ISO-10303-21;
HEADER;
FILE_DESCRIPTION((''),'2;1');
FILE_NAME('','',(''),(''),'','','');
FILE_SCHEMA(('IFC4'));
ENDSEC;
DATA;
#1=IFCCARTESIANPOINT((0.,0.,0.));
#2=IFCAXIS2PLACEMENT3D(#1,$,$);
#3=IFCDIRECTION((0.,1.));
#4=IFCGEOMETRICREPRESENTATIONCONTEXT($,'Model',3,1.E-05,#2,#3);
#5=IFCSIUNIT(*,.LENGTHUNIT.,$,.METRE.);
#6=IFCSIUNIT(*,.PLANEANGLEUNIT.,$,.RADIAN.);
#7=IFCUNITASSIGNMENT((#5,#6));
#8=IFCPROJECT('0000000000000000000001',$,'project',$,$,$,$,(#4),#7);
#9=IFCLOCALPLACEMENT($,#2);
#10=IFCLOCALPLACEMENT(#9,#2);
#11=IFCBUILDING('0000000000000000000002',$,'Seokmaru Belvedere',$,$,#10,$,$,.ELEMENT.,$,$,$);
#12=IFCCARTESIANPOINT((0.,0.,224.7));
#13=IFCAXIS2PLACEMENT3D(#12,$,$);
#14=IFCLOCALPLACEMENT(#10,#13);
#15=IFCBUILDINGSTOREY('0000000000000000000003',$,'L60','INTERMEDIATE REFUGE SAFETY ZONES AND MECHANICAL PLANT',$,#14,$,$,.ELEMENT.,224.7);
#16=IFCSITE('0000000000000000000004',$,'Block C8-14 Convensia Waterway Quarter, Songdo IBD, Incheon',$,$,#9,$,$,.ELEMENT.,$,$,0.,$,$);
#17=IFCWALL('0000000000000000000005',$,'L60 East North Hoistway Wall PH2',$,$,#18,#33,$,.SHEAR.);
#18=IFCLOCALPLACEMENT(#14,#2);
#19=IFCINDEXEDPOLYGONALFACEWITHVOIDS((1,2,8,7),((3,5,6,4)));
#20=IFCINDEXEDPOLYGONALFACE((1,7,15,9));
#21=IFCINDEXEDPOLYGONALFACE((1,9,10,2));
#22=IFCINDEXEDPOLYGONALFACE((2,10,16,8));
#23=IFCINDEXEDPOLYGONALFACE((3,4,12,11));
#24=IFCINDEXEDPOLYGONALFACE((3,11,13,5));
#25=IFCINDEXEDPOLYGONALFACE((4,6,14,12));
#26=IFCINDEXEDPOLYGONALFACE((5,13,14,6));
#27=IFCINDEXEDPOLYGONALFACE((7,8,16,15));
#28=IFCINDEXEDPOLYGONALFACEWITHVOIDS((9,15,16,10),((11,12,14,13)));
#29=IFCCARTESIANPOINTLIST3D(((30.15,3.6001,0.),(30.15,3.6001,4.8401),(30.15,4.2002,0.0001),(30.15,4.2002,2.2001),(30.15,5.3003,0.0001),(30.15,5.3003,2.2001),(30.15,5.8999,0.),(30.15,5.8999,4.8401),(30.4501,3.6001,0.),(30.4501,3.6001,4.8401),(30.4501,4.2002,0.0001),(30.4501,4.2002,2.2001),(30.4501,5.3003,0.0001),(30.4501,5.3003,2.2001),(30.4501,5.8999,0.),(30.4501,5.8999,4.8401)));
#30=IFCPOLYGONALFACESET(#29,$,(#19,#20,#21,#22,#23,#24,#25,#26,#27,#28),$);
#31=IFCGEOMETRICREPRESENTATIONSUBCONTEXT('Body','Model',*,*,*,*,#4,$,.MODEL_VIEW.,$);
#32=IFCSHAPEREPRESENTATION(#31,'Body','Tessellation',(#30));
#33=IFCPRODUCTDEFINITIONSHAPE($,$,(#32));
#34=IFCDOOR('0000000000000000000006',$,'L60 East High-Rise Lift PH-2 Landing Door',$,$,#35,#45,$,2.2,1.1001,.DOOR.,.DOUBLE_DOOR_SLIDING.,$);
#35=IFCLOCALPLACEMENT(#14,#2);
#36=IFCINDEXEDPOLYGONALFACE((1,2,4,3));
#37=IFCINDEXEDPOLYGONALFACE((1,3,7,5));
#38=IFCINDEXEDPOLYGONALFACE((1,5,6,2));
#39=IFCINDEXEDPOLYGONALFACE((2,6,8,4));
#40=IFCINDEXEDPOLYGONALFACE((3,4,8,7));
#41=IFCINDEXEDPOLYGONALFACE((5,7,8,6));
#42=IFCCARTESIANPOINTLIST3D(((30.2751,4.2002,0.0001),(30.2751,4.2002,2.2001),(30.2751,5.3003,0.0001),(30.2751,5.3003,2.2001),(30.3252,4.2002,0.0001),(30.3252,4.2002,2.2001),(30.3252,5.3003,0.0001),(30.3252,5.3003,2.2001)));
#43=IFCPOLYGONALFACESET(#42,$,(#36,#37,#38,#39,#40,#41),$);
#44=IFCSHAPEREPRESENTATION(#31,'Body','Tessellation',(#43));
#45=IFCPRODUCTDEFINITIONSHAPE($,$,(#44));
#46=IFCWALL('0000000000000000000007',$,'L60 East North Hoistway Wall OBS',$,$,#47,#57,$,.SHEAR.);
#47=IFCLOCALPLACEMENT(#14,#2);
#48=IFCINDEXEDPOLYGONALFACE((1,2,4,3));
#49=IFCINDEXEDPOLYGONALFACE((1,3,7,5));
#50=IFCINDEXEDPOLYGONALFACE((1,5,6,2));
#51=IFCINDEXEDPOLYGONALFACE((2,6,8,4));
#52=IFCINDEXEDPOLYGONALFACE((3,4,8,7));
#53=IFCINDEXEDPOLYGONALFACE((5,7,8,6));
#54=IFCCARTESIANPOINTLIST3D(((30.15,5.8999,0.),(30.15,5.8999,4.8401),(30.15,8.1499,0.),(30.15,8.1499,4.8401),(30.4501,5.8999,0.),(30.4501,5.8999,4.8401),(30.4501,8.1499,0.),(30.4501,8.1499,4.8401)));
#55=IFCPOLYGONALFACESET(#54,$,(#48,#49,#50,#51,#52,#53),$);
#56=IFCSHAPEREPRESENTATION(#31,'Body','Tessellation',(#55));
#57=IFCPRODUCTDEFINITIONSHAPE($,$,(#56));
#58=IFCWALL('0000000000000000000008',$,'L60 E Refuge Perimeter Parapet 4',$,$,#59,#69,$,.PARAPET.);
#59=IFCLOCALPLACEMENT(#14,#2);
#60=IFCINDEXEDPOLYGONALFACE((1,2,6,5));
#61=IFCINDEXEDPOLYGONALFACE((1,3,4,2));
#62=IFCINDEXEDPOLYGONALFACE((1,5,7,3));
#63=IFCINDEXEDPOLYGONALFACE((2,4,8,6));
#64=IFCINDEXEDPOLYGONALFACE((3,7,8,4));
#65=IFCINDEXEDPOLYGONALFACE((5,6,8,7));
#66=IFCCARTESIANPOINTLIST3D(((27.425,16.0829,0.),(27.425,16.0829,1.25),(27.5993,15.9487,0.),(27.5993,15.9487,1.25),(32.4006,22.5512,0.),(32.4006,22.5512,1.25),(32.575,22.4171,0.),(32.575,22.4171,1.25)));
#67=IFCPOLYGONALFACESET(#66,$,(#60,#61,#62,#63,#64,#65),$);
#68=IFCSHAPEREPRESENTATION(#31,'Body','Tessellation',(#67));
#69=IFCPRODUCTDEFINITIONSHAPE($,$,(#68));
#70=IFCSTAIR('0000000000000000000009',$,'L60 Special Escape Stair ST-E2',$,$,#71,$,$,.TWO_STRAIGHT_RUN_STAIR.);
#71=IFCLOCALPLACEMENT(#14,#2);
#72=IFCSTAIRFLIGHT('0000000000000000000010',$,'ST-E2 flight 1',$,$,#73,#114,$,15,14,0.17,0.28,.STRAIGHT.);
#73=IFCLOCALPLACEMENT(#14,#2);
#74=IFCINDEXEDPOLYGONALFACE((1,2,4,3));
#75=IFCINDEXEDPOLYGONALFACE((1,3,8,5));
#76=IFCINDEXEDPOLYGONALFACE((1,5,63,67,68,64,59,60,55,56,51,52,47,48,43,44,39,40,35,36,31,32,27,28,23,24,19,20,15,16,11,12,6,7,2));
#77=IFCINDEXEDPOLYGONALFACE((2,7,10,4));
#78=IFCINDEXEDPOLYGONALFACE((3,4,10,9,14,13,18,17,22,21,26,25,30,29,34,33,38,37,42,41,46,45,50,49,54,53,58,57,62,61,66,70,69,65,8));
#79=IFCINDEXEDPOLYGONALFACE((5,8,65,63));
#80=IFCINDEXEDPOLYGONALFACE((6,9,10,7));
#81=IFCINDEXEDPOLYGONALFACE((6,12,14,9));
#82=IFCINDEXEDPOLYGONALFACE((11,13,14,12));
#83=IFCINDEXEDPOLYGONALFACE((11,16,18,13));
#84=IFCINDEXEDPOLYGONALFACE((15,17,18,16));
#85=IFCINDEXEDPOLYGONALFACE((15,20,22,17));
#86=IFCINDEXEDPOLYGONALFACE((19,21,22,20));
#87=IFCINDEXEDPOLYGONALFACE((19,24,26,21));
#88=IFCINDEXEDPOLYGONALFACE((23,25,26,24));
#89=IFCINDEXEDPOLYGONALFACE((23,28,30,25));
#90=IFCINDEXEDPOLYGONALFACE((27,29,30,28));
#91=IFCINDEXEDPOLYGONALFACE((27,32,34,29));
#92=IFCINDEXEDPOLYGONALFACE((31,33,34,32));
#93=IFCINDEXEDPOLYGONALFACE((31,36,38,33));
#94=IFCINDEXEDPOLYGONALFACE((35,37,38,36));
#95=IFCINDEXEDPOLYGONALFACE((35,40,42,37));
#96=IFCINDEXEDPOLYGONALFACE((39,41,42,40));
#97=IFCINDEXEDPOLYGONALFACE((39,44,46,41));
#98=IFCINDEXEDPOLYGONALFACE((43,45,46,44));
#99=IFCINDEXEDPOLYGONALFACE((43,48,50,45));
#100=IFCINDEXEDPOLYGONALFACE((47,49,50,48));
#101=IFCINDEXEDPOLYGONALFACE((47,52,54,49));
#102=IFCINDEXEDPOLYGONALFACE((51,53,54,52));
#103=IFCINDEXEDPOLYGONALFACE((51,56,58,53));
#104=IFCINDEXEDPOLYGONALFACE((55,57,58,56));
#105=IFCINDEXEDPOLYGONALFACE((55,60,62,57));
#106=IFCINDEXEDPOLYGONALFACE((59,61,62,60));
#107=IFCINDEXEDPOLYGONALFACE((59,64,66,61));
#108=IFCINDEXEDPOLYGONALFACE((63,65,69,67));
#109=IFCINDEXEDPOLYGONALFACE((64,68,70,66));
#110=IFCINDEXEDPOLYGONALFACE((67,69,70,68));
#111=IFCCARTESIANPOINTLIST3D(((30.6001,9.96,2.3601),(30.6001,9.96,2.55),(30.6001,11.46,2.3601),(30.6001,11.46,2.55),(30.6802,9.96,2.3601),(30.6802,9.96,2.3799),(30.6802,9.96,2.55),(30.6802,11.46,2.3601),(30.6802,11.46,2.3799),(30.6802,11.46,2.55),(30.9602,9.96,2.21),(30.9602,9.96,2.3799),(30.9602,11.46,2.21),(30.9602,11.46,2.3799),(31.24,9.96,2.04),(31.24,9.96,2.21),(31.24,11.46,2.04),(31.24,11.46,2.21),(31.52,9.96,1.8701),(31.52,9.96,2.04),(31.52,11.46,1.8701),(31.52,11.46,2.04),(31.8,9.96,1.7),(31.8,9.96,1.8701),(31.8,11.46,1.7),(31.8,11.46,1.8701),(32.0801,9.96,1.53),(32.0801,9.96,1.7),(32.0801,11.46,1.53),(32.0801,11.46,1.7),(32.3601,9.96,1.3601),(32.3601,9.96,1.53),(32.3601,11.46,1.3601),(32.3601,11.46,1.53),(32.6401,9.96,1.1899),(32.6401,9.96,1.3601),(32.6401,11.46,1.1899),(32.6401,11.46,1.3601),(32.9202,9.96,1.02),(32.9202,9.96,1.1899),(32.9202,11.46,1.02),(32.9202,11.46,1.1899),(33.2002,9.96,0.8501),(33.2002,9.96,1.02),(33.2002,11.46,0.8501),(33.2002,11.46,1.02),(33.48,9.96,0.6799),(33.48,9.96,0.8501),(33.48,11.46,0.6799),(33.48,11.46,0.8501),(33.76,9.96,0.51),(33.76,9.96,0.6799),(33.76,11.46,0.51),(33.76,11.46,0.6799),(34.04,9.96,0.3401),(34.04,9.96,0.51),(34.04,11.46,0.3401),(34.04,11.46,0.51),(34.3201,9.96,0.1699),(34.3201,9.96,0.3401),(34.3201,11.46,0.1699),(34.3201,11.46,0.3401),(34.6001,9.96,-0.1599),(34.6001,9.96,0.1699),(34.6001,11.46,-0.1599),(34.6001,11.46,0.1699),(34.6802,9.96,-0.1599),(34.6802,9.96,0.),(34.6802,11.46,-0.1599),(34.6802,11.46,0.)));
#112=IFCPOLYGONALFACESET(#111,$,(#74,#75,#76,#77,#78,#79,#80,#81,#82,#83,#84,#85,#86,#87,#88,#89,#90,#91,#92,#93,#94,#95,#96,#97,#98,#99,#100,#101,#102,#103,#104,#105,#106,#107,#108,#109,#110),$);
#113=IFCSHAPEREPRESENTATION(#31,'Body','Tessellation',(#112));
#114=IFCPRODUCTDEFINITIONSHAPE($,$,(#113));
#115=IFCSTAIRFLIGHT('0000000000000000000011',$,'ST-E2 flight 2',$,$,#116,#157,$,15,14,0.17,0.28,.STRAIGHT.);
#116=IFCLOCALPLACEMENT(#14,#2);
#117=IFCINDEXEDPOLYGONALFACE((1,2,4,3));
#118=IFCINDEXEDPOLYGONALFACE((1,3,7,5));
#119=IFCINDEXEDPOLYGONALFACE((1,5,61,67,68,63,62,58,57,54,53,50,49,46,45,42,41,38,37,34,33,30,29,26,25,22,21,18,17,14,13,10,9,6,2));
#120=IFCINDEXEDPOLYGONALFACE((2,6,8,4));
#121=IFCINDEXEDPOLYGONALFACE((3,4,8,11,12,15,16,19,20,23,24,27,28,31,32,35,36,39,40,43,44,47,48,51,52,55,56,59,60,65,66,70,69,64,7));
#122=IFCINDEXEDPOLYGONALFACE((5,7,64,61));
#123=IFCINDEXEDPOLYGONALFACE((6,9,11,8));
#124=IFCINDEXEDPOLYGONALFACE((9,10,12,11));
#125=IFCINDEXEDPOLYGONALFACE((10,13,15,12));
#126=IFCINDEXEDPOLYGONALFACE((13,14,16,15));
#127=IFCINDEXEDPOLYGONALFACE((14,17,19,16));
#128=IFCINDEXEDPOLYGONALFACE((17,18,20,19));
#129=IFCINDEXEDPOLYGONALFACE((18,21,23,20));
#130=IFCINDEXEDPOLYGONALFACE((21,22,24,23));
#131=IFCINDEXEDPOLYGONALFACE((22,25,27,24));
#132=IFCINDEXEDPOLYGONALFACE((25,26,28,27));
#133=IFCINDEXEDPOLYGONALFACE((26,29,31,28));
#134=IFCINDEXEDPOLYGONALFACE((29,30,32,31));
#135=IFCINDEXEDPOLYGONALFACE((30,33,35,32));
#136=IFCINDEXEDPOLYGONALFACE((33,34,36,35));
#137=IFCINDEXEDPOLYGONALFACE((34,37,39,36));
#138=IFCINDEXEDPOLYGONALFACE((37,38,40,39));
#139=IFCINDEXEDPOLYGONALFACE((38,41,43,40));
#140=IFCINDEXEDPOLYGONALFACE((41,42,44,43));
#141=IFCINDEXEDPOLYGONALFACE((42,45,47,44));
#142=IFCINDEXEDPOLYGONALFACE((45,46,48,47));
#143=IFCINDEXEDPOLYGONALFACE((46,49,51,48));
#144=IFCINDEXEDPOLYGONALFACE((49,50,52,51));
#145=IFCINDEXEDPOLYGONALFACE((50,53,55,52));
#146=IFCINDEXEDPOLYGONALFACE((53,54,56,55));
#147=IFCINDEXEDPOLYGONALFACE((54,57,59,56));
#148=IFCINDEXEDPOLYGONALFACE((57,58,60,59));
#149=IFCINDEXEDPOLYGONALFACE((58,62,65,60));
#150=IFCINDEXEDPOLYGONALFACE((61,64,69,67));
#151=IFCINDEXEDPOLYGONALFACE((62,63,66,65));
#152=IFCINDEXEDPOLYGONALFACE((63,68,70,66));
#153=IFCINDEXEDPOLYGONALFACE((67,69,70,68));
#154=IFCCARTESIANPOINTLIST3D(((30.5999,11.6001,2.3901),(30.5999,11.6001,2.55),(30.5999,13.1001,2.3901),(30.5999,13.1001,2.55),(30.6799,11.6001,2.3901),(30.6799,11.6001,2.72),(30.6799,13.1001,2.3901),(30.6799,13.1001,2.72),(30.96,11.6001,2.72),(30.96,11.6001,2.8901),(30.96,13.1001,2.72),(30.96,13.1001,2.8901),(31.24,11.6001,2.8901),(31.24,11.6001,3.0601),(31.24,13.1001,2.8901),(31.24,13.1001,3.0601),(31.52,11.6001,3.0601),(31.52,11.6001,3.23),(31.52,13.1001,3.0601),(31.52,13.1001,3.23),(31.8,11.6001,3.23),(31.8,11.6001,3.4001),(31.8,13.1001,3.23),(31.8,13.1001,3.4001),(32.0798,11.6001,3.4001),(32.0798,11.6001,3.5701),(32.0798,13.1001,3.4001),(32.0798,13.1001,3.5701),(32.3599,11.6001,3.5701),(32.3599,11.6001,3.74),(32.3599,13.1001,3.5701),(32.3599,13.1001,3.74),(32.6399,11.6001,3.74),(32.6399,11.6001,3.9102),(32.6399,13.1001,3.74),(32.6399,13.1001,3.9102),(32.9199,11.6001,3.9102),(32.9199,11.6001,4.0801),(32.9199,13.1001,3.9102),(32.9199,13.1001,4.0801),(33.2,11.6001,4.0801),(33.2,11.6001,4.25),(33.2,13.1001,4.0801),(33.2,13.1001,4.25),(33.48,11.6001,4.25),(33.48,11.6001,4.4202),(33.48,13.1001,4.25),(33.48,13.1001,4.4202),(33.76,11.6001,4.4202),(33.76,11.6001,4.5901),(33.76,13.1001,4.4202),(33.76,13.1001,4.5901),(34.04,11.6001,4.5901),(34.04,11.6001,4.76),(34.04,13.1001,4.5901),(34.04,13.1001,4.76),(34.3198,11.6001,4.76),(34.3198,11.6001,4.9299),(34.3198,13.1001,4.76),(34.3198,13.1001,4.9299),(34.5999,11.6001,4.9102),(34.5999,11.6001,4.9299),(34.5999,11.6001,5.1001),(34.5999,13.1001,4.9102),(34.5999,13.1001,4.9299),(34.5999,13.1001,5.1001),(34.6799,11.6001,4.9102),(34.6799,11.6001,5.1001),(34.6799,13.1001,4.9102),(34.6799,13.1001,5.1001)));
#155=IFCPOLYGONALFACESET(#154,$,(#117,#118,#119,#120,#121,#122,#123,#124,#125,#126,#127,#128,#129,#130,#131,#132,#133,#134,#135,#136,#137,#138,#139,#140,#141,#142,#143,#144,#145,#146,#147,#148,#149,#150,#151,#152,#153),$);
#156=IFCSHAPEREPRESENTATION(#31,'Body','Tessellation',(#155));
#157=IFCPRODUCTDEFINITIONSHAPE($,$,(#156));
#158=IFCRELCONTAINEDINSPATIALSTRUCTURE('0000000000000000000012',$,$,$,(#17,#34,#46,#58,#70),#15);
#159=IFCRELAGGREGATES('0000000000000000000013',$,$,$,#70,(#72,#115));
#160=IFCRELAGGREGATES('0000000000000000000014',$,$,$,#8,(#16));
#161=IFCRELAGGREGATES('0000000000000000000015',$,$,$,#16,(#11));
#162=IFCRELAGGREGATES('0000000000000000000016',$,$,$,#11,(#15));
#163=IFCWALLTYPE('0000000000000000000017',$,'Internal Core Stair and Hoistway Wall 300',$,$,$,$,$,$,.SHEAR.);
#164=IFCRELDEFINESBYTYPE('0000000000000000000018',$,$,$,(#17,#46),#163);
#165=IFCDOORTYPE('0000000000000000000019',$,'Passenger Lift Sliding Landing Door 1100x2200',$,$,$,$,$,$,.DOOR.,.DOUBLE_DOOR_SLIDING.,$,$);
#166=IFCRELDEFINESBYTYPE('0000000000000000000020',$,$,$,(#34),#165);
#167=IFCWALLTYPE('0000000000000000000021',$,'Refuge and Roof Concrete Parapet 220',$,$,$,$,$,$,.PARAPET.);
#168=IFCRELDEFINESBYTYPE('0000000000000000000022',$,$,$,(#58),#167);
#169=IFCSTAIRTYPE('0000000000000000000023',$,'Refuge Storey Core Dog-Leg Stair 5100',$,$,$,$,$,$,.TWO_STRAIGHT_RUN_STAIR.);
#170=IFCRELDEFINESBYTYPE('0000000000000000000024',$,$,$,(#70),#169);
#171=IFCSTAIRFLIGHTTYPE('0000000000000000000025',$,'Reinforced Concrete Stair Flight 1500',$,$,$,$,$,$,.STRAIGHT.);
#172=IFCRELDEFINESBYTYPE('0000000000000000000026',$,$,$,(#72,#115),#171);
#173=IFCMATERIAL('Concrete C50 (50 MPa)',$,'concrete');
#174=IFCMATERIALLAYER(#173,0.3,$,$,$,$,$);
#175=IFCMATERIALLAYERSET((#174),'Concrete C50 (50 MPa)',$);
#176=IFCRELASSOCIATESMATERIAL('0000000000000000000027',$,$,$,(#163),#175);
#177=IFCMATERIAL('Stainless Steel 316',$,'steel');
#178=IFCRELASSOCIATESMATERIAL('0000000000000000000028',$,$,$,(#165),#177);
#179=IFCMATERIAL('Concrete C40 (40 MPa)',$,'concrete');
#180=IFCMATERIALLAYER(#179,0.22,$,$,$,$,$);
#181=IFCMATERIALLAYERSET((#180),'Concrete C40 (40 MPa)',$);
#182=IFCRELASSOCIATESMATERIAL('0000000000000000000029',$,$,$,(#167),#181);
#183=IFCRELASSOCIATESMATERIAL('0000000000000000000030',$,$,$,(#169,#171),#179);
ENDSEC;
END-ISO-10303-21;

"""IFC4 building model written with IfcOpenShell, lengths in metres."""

from ifc_helpers import new_model, si_unit, direction, frame, frame_2d, origin, place, context, subcontext, project, spatial, polyline, rectangle, outline, extrude, source, transform, mapped, material, layer, layer_set, type_object, type_shapes, element, fill, aggregate, save


model = new_model("IFC4")

# Units and contexts
model_context = context("Model", 3, precision=1e-05, world=origin(), true_north=direction((0.0, 1.0)))
body_context = subcontext(model_context, "Body", "Model", "MODEL_VIEW")
ifc_project = project(units=[si_unit("LENGTHUNIT", "METRE"), si_unit("PLANEANGLEUNIT", "RADIAN")], contexts=[model_context])

# Site, building, storey
site_placement = place(None, origin())
site = spatial("IfcSite", under=ifc_project, at=site_placement, Name="Block C8-14 Convensia Waterway Quarter, Songdo IBD, Incheon", CompositionType="ELEMENT", RefElevation=0.0)
building_placement = place(site_placement, origin())
building = spatial("IfcBuilding", under=site, at=building_placement, Name="Seokmaru Belvedere", CompositionType="ELEMENT")
storey_placement = place(building_placement, frame((0.0, 0.0, 224.7)))
storey = spatial("IfcBuildingStorey", under=building, at=storey_placement, Name="L60", Description="INTERMEDIATE REFUGE SAFETY ZONES AND MECHANICAL PLANT", CompositionType="ELEMENT", Elevation=224.7)

# Wall, opening, door
ifc_material_1 = material(Name="Concrete C50 (50 MPa)", Category="concrete")
ifc_layer_1 = layer(ifc_material_1, 0.3)
ifc_layer_set_1 = layer_set([ifc_layer_1], Name="Concrete C50 (50 MPa)")
wall_type_1 = type_object("IfcWallType", Name="Internal Core Stair and Hoistway Wall 300", PredefinedType="SHEAR", material=ifc_layer_set_1)
wall_1_placement = place(storey_placement, frame((30.3, 3.6001, 0.0), z_axis=(0.0, 0.0, 1.0), x_axis=(0.0, 1.0, 0.0)))
wall_1 = element("IfcWall", 1, at=wall_1_placement, inside=storey, type_object=wall_type_1, Name="L60 East North Hoistway Wall PH2", PredefinedType="SHEAR", context=body_context, shape_type="SweptSolid", body=[
    extrude(rectangle(XDim=2.2998, YDim=0.3, at=frame_2d((1.1499, 0.0))), origin(), (0.0, 0.0, 1.0), 4.8401),
])
opening_1_placement = place(wall_1_placement, frame((0.6001, 0.0, 0.0)))
opening_1 = element("IfcOpeningElement", 2, at=opening_1_placement, cuts=wall_1, PredefinedType="OPENING", context=body_context, shape_type="SweptSolid", body=[
    extrude(rectangle(XDim=1.1001, YDim=2.2, at=frame_2d((0.55, 1.1001))), frame((0.0, 0.1602, 0.0), z_axis=(0.0, -1.0, 0.0), x_axis=(1.0, 0.0, 0.0)), (0.0, 0.0, 1.0), 0.3201),
])
ifc_material_2 = material(Name="Stainless Steel 316", Category="steel")
door_type_1 = type_object("IfcDoorType", Name="Passenger Lift Sliding Landing Door 1100x2200", OperationType="DOUBLE_DOOR_SLIDING", PredefinedType="DOOR", material=ifc_material_2)
shared_shape_1 = source(origin(), body_context, "Body", "SweptSolid", [
    extrude(rectangle(XDim=1.1001, YDim=2.2, at=frame_2d((0.55, 1.1001))), frame((0.0, 0.0249, 0.0), z_axis=(0.0, -1.0, 0.0), x_axis=(1.0, 0.0, 0.0)), (0.0, 0.0, 1.0), 0.05),
])
type_shapes(door_type_1, [shared_shape_1])
door_1_placement = place(opening_1_placement, origin())
door_1 = element("IfcDoor", 3, at=door_1_placement, inside=storey, type_object=door_type_1, Name="L60 East High-Rise Lift PH-2 Landing Door", OperationType="DOUBLE_DOOR_SLIDING", OverallHeight=2.2, OverallWidth=1.1001, PredefinedType="DOOR", context=body_context, shape_type="MappedRepresentation", body=[
    mapped(shared_shape_1, transform((0.0, 0.0, 0.0), scale=1.0)),
])
fill(opening_1, door_1)

# Wall
wall_2_placement = place(storey_placement, frame((30.3, 5.8999, 0.0), z_axis=(0.0, 0.0, 1.0), x_axis=(0.0, 1.0, 0.0)))
element("IfcWall", 4, at=wall_2_placement, inside=storey, type_object=wall_type_1, Name="L60 East North Hoistway Wall OBS", PredefinedType="SHEAR", context=body_context, shape_type="SweptSolid", body=[
    extrude(rectangle(XDim=2.25, YDim=0.3, at=frame_2d((1.125, 0.0))), origin(), (0.0, 0.0, 1.0), 4.8401),
])

# Wall
ifc_material_3 = material(Name="Concrete C40 (40 MPa)", Category="concrete")
ifc_layer_2 = layer(ifc_material_3, 0.22)
ifc_layer_set_2 = layer_set([ifc_layer_2], Name="Concrete C40 (40 MPa)")
wall_type_2 = type_object("IfcWallType", Name="Refuge and Roof Concrete Parapet 220", PredefinedType="PARAPET", material=ifc_layer_set_2)
wall_3_placement = place(storey_placement, frame((32.4878, 22.4841, 0.0), z_axis=(0.0, 0.0, 1.0), x_axis=(-0.609711, -0.792624, 0.0)))
element("IfcWall", 5, at=wall_3_placement, inside=storey, type_object=wall_type_2, Name="L60 E Refuge Perimeter Parapet 4", PredefinedType="PARAPET", context=body_context, shape_type="SweptSolid", body=[
    extrude(rectangle(XDim=8.1606, YDim=0.22, at=frame_2d((4.0803, 0.0))), origin(), (0.0, 0.0, 1.0), 1.25),
])

# Stair, stair flights
stair_type = type_object("IfcStairType", Name="Refuge Storey Core Dog-Leg Stair 5100", PredefinedType="TWO_STRAIGHT_RUN_STAIR", material=ifc_material_3)
stair_placement = place(storey_placement, origin())
stair = element("IfcStair", 6, at=stair_placement, inside=storey, type_object=stair_type, Name="L60 Special Escape Stair ST-E2", PredefinedType="TWO_STRAIGHT_RUN_STAIR")
stair_flight_type = type_object("IfcStairFlightType", Name="Reinforced Concrete Stair Flight 1500", PredefinedType="STRAIGHT", material=ifc_material_3)
stair_flight_1_placement = place(storey_placement, frame((34.6001, 10.71, 0.0), z_axis=(0.0, 0.0, 1.0), x_axis=(-1.0, 0.0, 0.0)))
stair_flight_1 = element("IfcStairFlight", 7, at=stair_flight_1_placement, type_object=stair_flight_type, Name="ST-E2 flight 1", NumberOfRisers=15, NumberOfTreads=14, PredefinedType="STRAIGHT", RiserHeight=0.17, TreadLength=0.28, context=body_context, shape_type="SweptSolid", body=[
    extrude(outline(polyline([(-0.0801, 0.0), (0.0, 0.1699), (0.28, 0.1699), (0.28, 0.3401), (0.5601, 0.3401), (0.5601, 0.51), (0.8401, 0.51), (0.8401, 0.6799), (1.1201, 0.6799), (1.1201, 0.8501), (1.3999, 0.8501), (1.3999, 1.02), (1.6799, 1.02), (1.6799, 1.1899), (1.96, 1.1899), (1.96, 1.3601), (2.24, 1.3601), (2.24, 1.53), (2.52, 1.53), (2.52, 1.7), (2.8, 1.7), (2.8, 1.8701), (3.0801, 1.8701), (3.0801, 2.04), (3.3601, 2.04), (3.3601, 2.21), (3.6399, 2.21), (3.6399, 2.3799), (3.9199, 2.3799), (3.9199, 2.55), (4.0, 2.55), (4.0, 2.3601), (3.9199, 2.3601), (0.0, -0.1599), (-0.0801, -0.1599), (-0.0801, 0.0)])), frame((0.0, 0.75, 0.0), z_axis=(0.0, -1.0, 0.0), x_axis=(1.0, 0.0, 0.0)), (0.0, 0.0, 1.0), 1.5),
])
stair_flight_2_placement = place(storey_placement, frame((30.6799, 12.3501, 2.55), z_axis=(0.0, 0.0, 1.0), x_axis=(1.0, 0.0, 0.0)))
stair_flight_2 = element("IfcStairFlight", 8, at=stair_flight_2_placement, type_object=stair_flight_type, Name="ST-E2 flight 2", NumberOfRisers=15, NumberOfTreads=14, PredefinedType="STRAIGHT", RiserHeight=0.17, TreadLength=0.28, context=body_context, shape_type="SweptSolid", body=[
    extrude(outline(polyline([(-0.0801, 0.0), (0.0, 0.1699), (0.28, 0.1699), (0.28, 0.3401), (0.5601, 0.3401), (0.5601, 0.51), (0.8401, 0.51), (0.8401, 0.6799), (1.1201, 0.6799), (1.1201, 0.8501), (1.3999, 0.8501), (1.3999, 1.02), (1.6799, 1.02), (1.6799, 1.1899), (1.96, 1.1899), (1.96, 1.3601), (2.24, 1.3601), (2.24, 1.53), (2.52, 1.53), (2.52, 1.7), (2.8, 1.7), (2.8, 1.8701), (3.0801, 1.8701), (3.0801, 2.04), (3.3601, 2.04), (3.3601, 2.21), (3.6399, 2.21), (3.6399, 2.3799), (3.9199, 2.3799), (3.9199, 2.55), (4.0, 2.55), (4.0, 2.3601), (3.9199, 2.3601), (0.0, -0.1599), (-0.0801, -0.1599), (-0.0801, 0.0)])), frame((0.0, 0.75, 0.0), z_axis=(0.0, -1.0, 0.0), x_axis=(1.0, 0.0, 0.0)), (0.0, 0.0, 1.0), 1.5),
])
aggregate(stair, [stair_flight_1, stair_flight_2])

save(model, "model.ifc")
